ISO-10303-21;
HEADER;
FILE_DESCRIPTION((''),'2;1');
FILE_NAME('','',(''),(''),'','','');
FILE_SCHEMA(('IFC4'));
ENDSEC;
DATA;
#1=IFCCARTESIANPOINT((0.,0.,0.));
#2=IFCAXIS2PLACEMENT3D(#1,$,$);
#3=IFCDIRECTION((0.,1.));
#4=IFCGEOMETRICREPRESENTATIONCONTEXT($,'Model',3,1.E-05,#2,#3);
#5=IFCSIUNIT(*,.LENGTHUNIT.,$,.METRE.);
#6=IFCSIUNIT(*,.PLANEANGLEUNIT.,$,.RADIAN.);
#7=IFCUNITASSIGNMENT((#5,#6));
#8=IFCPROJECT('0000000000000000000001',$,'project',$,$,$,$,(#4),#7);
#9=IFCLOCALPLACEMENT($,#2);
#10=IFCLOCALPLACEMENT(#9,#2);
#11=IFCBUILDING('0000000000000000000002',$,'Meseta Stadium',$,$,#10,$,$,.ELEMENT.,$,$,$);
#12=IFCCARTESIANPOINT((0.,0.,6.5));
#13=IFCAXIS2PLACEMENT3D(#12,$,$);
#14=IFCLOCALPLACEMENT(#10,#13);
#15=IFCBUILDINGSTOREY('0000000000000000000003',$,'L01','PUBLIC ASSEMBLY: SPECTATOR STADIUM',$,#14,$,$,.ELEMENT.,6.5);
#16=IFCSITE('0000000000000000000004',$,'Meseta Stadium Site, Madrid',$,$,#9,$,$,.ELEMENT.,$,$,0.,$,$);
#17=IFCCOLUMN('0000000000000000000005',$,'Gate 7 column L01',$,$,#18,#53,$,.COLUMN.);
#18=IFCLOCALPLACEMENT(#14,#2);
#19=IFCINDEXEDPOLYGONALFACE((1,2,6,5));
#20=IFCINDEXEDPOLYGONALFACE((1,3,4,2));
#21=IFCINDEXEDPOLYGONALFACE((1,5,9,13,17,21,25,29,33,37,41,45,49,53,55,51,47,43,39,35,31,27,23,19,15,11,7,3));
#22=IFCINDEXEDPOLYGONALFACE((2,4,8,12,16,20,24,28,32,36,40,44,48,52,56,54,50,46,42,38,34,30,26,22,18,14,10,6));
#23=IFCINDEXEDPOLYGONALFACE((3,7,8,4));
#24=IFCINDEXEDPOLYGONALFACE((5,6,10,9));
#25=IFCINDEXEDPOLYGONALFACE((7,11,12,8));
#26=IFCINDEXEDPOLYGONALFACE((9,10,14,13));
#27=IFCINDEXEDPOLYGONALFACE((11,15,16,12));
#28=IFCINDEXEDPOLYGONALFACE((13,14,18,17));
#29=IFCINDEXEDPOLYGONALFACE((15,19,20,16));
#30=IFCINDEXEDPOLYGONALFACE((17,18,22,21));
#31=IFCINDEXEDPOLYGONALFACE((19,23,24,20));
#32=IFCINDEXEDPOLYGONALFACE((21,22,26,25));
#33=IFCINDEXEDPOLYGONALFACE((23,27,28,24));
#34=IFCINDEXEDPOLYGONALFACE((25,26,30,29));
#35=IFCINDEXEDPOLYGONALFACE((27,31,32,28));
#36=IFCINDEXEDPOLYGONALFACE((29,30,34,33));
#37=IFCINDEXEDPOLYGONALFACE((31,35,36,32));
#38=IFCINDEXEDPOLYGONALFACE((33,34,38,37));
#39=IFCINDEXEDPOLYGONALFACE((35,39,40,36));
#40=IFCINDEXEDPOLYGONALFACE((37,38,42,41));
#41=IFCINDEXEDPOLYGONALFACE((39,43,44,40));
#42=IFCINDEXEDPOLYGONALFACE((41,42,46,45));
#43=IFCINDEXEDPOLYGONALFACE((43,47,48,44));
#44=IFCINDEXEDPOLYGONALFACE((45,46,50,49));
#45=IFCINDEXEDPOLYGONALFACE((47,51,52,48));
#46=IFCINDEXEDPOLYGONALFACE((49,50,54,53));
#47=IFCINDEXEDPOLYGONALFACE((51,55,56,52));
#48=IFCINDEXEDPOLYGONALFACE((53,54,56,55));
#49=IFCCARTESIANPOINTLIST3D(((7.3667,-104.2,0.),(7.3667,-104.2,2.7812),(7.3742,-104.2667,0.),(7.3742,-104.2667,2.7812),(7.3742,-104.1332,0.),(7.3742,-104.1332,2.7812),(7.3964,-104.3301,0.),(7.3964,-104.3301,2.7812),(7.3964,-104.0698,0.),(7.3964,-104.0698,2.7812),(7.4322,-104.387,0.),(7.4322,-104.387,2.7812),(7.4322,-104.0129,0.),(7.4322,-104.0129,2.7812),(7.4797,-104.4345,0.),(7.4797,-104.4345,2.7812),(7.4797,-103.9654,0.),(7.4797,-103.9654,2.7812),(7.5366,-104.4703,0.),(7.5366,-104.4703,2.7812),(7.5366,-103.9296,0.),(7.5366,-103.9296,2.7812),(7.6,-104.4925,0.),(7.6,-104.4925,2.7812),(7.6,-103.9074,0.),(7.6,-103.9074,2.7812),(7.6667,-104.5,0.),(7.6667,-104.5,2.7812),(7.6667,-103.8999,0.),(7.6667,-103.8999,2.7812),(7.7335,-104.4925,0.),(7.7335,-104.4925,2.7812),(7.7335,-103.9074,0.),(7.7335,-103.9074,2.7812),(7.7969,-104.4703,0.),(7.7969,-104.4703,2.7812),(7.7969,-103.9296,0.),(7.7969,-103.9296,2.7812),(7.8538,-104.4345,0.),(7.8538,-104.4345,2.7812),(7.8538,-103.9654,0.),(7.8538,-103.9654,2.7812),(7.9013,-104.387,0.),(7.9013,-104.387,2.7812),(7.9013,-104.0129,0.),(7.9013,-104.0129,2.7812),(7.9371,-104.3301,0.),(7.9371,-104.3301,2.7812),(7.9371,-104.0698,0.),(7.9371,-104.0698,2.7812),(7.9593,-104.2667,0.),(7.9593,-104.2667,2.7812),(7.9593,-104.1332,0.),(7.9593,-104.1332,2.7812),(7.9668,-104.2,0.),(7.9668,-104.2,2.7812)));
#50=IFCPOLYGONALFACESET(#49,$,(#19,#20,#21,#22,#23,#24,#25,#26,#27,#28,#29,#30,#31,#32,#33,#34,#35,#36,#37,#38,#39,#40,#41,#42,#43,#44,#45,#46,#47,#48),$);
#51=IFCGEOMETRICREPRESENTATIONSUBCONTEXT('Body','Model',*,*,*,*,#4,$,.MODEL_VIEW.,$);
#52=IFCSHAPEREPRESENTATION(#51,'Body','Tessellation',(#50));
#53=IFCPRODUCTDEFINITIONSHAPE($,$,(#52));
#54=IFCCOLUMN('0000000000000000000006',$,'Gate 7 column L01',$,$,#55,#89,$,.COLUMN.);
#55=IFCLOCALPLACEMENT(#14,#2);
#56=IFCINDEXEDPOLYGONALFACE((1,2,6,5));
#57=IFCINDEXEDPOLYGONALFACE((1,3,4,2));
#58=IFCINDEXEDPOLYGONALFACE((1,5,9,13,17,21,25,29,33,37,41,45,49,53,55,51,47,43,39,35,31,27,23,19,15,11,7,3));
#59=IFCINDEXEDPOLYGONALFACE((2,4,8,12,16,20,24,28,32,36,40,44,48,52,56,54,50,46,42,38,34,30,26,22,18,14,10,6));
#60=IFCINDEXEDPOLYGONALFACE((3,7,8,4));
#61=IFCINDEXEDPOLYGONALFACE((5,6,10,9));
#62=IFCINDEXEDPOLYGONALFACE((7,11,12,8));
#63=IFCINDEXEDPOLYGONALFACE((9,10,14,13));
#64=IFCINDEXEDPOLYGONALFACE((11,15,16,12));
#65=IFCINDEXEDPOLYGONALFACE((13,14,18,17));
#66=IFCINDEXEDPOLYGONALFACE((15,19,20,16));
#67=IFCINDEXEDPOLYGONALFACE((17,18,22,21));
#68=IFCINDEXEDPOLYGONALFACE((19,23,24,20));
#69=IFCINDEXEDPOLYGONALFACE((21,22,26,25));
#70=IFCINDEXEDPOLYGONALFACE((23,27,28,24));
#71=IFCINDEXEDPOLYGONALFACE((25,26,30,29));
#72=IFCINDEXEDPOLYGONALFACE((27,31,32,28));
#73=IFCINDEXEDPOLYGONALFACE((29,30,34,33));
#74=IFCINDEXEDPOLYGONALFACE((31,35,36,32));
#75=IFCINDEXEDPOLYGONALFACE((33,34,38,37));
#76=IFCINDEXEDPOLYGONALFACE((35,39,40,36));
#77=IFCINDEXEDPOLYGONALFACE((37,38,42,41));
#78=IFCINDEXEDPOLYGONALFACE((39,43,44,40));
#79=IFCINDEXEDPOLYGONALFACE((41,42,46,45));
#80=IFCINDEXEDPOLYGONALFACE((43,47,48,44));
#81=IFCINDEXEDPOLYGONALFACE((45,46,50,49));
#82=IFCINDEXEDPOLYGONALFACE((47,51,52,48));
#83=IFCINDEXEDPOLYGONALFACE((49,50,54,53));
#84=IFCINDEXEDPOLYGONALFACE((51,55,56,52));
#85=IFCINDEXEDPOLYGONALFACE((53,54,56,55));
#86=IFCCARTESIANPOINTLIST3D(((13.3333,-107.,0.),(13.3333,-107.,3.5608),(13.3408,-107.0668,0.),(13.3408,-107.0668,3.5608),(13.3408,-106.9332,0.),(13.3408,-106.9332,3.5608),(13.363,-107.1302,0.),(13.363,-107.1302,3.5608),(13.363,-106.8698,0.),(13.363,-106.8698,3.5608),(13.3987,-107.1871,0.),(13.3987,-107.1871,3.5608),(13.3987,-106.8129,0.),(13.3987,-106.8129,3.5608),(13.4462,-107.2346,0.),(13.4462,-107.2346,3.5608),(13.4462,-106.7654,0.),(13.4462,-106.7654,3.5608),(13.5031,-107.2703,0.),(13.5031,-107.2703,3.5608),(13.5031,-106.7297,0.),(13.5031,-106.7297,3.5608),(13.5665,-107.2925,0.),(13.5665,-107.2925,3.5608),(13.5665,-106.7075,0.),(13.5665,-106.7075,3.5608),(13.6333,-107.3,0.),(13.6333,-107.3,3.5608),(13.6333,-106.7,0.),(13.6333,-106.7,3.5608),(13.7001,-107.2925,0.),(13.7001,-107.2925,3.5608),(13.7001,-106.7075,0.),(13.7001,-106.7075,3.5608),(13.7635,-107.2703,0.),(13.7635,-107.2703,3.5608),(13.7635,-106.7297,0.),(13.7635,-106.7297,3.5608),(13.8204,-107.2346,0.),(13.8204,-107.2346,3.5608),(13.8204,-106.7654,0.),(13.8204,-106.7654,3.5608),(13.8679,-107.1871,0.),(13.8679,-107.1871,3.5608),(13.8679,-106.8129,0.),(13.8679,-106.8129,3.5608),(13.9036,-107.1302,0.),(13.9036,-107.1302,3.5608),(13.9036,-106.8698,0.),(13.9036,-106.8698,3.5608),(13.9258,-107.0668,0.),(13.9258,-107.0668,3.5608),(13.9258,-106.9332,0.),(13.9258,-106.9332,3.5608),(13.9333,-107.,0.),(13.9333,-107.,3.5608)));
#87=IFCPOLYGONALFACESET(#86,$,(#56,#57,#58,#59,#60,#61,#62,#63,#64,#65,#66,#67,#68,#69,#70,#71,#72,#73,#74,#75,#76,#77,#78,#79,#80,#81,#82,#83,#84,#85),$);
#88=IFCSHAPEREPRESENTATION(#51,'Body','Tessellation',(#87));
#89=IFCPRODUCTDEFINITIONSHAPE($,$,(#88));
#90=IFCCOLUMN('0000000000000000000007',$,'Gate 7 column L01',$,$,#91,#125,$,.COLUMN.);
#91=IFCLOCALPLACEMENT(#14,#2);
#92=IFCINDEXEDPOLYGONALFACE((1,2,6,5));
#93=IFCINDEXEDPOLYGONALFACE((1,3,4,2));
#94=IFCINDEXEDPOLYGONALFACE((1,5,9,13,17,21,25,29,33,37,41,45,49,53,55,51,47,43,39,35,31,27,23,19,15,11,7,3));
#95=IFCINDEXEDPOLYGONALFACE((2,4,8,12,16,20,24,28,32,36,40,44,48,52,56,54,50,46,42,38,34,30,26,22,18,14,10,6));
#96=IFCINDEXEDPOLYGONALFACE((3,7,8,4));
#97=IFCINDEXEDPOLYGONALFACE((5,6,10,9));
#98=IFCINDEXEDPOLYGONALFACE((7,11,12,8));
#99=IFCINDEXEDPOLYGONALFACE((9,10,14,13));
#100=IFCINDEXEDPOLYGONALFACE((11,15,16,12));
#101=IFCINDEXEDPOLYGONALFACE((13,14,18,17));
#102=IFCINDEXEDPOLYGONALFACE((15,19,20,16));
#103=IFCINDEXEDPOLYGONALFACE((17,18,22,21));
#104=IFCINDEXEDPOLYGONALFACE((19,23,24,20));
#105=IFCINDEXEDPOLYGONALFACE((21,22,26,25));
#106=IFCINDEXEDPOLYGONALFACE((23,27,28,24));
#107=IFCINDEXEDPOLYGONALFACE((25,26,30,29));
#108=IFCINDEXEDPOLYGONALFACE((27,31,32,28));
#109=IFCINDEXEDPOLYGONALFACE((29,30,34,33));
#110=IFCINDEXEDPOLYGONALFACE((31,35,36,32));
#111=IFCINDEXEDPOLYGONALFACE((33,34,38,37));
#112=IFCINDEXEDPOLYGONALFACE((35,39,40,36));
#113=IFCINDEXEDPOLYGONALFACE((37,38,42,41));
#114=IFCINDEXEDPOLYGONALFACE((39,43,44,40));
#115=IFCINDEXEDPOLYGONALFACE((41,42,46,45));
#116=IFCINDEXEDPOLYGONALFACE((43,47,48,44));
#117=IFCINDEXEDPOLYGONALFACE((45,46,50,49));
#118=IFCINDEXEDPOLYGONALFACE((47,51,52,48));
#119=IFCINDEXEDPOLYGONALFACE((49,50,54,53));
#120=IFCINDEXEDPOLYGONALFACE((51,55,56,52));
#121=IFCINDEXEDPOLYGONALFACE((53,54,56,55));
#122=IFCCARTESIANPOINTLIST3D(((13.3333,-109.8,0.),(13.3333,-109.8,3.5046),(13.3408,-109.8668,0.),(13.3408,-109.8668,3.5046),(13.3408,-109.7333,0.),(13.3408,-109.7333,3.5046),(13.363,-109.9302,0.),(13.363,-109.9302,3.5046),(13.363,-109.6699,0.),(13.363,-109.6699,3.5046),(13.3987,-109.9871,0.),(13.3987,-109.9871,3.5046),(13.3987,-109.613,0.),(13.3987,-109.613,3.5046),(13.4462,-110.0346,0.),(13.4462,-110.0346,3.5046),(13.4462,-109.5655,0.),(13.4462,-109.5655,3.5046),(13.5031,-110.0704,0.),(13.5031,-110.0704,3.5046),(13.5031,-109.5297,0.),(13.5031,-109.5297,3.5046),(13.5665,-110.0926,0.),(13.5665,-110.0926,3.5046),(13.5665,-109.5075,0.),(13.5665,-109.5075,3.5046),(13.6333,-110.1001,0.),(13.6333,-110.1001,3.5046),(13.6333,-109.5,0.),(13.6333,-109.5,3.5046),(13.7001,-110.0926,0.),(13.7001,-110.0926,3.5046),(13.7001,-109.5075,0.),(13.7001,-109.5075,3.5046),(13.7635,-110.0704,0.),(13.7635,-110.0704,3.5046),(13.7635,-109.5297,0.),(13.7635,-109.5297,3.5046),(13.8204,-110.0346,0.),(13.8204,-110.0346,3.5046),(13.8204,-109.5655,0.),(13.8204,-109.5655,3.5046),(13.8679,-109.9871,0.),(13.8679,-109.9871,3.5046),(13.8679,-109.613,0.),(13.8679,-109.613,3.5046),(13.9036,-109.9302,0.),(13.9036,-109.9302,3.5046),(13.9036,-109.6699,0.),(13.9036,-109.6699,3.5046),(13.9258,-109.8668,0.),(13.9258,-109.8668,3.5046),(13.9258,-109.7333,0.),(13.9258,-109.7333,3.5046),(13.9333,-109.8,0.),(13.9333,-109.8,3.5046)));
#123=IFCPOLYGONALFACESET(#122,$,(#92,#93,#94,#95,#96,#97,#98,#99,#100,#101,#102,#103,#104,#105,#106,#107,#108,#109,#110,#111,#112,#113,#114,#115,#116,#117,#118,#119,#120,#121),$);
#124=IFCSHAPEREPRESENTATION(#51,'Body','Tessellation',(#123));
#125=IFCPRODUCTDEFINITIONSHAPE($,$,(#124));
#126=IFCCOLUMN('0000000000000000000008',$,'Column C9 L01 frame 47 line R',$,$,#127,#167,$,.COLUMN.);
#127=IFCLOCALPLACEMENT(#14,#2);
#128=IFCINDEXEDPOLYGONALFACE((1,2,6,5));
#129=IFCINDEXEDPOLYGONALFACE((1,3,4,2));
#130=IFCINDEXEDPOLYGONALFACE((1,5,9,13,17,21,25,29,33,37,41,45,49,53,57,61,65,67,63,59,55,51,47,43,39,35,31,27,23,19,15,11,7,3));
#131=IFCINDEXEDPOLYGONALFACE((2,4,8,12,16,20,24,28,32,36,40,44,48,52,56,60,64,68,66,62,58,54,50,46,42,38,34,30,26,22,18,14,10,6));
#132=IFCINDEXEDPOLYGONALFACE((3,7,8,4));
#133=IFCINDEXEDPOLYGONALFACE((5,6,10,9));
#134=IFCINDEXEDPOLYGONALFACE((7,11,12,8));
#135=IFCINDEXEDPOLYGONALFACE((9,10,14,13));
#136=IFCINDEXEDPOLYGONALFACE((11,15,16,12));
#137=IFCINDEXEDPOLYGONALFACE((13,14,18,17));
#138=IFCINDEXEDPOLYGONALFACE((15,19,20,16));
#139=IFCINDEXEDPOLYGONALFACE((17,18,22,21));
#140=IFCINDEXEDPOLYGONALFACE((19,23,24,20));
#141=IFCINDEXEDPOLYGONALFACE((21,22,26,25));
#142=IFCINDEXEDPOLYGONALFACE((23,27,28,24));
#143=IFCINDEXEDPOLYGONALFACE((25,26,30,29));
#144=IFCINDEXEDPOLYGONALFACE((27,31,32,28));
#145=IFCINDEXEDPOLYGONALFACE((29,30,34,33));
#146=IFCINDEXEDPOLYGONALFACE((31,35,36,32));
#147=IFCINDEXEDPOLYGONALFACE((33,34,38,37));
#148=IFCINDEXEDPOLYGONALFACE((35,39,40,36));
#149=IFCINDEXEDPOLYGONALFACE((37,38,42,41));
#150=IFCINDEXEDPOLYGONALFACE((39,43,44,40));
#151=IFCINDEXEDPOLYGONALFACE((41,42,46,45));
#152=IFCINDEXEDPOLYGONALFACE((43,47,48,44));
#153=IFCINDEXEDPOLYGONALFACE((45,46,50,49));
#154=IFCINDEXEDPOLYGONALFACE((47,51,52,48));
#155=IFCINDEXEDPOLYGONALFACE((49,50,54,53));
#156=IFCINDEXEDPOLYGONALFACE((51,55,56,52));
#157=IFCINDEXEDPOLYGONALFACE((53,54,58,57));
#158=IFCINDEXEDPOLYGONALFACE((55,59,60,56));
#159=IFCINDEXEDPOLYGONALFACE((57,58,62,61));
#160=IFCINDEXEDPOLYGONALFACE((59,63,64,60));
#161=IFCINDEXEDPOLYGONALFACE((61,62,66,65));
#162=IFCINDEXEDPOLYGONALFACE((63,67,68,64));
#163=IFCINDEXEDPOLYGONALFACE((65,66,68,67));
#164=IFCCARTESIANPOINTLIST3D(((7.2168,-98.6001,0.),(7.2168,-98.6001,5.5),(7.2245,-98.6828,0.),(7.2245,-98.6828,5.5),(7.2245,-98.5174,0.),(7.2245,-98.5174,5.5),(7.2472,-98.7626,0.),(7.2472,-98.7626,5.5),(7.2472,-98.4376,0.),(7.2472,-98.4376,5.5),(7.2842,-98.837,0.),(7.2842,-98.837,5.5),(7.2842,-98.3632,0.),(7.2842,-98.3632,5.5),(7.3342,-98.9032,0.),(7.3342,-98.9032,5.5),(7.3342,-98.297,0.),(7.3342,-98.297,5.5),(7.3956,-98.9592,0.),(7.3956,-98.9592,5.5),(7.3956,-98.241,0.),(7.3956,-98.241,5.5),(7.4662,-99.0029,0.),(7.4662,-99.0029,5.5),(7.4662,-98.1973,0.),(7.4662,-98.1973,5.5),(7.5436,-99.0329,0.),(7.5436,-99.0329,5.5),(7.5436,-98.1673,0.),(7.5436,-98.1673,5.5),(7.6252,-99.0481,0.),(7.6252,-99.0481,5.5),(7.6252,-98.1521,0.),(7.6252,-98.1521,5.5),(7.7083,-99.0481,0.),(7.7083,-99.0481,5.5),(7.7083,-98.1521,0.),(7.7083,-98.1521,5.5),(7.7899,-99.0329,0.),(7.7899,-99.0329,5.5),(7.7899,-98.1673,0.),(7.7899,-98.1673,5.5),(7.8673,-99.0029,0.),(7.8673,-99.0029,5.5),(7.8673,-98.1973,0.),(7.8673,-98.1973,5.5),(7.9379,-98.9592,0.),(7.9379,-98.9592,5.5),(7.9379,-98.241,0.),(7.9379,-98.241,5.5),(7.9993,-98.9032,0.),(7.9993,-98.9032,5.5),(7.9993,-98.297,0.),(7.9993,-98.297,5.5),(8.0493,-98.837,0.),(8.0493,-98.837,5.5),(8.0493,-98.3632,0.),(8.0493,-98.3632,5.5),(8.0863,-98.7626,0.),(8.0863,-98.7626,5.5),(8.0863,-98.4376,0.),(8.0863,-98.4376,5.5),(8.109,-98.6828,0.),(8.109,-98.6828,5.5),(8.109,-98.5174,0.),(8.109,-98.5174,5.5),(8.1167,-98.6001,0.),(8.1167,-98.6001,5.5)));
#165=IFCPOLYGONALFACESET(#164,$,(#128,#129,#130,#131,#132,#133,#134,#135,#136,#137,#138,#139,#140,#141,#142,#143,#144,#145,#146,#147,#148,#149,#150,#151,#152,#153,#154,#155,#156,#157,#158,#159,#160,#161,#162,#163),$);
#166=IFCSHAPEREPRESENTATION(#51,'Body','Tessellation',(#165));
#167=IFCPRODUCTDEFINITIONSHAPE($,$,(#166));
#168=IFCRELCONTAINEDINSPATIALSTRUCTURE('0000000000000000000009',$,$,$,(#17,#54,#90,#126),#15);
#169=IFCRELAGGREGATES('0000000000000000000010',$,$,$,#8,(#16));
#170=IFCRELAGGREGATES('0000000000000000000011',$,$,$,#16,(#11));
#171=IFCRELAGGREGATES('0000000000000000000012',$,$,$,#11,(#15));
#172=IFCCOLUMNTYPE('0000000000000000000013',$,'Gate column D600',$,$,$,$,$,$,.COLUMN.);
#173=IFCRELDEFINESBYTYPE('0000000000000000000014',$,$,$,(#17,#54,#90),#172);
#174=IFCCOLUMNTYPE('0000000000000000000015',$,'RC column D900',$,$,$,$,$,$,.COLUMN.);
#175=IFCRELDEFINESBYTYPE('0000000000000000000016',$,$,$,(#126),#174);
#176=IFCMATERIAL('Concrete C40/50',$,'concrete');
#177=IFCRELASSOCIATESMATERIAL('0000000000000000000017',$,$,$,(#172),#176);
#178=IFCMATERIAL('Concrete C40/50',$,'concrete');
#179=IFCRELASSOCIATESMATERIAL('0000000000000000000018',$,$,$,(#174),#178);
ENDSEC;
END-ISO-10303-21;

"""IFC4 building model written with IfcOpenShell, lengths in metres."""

from ifc_helpers import new_model, si_unit, direction, frame, origin, origin_2d, place, context, subcontext, project, spatial, circle, extrude, material, material_profile, profile_set, type_object, element, save


model = new_model("IFC4")

# Units and contexts
model_context = context("Model", 3, precision=1e-05, world=origin(), true_north=direction((0.0, 1.0)))
body_context = subcontext(model_context, "Body", "Model", "MODEL_VIEW")
ifc_project = project(units=[si_unit("LENGTHUNIT", "METRE"), si_unit("PLANEANGLEUNIT", "RADIAN")], contexts=[model_context])

# Site, building, storey
site_placement = place(None, origin())
site = spatial("IfcSite", under=ifc_project, at=site_placement, Name="Meseta Stadium Site, Madrid", CompositionType="ELEMENT", RefElevation=0.0)
building_placement = place(site_placement, origin())
building = spatial("IfcBuilding", under=site, at=building_placement, Name="Meseta Stadium", CompositionType="ELEMENT")
storey_placement = place(building_placement, frame((0.0, 0.0, 6.5)))
storey = spatial("IfcBuildingStorey", under=building, at=storey_placement, Name="L01", Description="PUBLIC ASSEMBLY: SPECTATOR STADIUM", CompositionType="ELEMENT", Elevation=6.5)

# Columns
ifc_material_1 = material(Name="Concrete C40/50", Category="concrete")
ifc_material_profile_1 = material_profile(ifc_material_1, circle(Radius=0.3, at=origin_2d()), Name="RC D600")
ifc_profile_set_1 = profile_set([ifc_material_profile_1], Name="Concrete C40/50")
column_type_1 = type_object("IfcColumnType", Name="Gate column D600", PredefinedType="COLUMN", material=ifc_profile_set_1)
column_1_placement = place(storey_placement, frame((7.6667, -104.2, 0.0), z_axis=(0.0, 0.0, 1.0), x_axis=(1.0, 0.0, 0.0)))
element("IfcColumn", 1, at=column_1_placement, inside=storey, type_object=column_type_1, Name="Gate 7 column L01", PredefinedType="COLUMN", context=body_context, shape_type="SweptSolid", body=[
    extrude(circle(Radius=0.3, at=origin_2d()), origin(), (0.0, 0.0, 1.0), 2.7812),
])
column_2_placement = place(storey_placement, frame((13.6333, -107.0, 0.0), z_axis=(0.0, 0.0, 1.0), x_axis=(1.0, 0.0, 0.0)))
element("IfcColumn", 2, at=column_2_placement, inside=storey, type_object=column_type_1, Name="Gate 7 column L01", PredefinedType="COLUMN", context=body_context, shape_type="SweptSolid", body=[
    extrude(circle(Radius=0.3, at=origin_2d()), origin(), (0.0, 0.0, 1.0), 3.5608),
])
column_3_placement = place(storey_placement, frame((13.6333, -109.8, 0.0), z_axis=(0.0, 0.0, 1.0), x_axis=(1.0, 0.0, 0.0)))
element("IfcColumn", 3, at=column_3_placement, inside=storey, type_object=column_type_1, Name="Gate 7 column L01", PredefinedType="COLUMN", context=body_context, shape_type="SweptSolid", body=[
    extrude(circle(Radius=0.3, at=origin_2d()), origin(), (0.0, 0.0, 1.0), 3.5046),
])
ifc_material_2 = material(Name="Concrete C40/50", Category="concrete")
ifc_material_profile_2 = material_profile(ifc_material_2, circle(Radius=0.45, at=origin_2d()), Name="RC D900")
ifc_profile_set_2 = profile_set([ifc_material_profile_2], Name="Concrete C40/50")
column_type_2 = type_object("IfcColumnType", Name="RC column D900", PredefinedType="COLUMN", material=ifc_profile_set_2)
column_4_placement = place(storey_placement, frame((7.6667, -98.6001, 0.0), z_axis=(0.0, 0.0, 1.0), x_axis=(1.0, 0.0, 0.0)))
element("IfcColumn", 4, at=column_4_placement, inside=storey, type_object=column_type_2, Name="Column C9 L01 frame 47 line R", PredefinedType="COLUMN", context=body_context, shape_type="SweptSolid", body=[
    extrude(circle(Radius=0.45, at=origin_2d()), origin(), (0.0, 0.0, 1.0), 5.5),
])

save(model, "model.ifc")
